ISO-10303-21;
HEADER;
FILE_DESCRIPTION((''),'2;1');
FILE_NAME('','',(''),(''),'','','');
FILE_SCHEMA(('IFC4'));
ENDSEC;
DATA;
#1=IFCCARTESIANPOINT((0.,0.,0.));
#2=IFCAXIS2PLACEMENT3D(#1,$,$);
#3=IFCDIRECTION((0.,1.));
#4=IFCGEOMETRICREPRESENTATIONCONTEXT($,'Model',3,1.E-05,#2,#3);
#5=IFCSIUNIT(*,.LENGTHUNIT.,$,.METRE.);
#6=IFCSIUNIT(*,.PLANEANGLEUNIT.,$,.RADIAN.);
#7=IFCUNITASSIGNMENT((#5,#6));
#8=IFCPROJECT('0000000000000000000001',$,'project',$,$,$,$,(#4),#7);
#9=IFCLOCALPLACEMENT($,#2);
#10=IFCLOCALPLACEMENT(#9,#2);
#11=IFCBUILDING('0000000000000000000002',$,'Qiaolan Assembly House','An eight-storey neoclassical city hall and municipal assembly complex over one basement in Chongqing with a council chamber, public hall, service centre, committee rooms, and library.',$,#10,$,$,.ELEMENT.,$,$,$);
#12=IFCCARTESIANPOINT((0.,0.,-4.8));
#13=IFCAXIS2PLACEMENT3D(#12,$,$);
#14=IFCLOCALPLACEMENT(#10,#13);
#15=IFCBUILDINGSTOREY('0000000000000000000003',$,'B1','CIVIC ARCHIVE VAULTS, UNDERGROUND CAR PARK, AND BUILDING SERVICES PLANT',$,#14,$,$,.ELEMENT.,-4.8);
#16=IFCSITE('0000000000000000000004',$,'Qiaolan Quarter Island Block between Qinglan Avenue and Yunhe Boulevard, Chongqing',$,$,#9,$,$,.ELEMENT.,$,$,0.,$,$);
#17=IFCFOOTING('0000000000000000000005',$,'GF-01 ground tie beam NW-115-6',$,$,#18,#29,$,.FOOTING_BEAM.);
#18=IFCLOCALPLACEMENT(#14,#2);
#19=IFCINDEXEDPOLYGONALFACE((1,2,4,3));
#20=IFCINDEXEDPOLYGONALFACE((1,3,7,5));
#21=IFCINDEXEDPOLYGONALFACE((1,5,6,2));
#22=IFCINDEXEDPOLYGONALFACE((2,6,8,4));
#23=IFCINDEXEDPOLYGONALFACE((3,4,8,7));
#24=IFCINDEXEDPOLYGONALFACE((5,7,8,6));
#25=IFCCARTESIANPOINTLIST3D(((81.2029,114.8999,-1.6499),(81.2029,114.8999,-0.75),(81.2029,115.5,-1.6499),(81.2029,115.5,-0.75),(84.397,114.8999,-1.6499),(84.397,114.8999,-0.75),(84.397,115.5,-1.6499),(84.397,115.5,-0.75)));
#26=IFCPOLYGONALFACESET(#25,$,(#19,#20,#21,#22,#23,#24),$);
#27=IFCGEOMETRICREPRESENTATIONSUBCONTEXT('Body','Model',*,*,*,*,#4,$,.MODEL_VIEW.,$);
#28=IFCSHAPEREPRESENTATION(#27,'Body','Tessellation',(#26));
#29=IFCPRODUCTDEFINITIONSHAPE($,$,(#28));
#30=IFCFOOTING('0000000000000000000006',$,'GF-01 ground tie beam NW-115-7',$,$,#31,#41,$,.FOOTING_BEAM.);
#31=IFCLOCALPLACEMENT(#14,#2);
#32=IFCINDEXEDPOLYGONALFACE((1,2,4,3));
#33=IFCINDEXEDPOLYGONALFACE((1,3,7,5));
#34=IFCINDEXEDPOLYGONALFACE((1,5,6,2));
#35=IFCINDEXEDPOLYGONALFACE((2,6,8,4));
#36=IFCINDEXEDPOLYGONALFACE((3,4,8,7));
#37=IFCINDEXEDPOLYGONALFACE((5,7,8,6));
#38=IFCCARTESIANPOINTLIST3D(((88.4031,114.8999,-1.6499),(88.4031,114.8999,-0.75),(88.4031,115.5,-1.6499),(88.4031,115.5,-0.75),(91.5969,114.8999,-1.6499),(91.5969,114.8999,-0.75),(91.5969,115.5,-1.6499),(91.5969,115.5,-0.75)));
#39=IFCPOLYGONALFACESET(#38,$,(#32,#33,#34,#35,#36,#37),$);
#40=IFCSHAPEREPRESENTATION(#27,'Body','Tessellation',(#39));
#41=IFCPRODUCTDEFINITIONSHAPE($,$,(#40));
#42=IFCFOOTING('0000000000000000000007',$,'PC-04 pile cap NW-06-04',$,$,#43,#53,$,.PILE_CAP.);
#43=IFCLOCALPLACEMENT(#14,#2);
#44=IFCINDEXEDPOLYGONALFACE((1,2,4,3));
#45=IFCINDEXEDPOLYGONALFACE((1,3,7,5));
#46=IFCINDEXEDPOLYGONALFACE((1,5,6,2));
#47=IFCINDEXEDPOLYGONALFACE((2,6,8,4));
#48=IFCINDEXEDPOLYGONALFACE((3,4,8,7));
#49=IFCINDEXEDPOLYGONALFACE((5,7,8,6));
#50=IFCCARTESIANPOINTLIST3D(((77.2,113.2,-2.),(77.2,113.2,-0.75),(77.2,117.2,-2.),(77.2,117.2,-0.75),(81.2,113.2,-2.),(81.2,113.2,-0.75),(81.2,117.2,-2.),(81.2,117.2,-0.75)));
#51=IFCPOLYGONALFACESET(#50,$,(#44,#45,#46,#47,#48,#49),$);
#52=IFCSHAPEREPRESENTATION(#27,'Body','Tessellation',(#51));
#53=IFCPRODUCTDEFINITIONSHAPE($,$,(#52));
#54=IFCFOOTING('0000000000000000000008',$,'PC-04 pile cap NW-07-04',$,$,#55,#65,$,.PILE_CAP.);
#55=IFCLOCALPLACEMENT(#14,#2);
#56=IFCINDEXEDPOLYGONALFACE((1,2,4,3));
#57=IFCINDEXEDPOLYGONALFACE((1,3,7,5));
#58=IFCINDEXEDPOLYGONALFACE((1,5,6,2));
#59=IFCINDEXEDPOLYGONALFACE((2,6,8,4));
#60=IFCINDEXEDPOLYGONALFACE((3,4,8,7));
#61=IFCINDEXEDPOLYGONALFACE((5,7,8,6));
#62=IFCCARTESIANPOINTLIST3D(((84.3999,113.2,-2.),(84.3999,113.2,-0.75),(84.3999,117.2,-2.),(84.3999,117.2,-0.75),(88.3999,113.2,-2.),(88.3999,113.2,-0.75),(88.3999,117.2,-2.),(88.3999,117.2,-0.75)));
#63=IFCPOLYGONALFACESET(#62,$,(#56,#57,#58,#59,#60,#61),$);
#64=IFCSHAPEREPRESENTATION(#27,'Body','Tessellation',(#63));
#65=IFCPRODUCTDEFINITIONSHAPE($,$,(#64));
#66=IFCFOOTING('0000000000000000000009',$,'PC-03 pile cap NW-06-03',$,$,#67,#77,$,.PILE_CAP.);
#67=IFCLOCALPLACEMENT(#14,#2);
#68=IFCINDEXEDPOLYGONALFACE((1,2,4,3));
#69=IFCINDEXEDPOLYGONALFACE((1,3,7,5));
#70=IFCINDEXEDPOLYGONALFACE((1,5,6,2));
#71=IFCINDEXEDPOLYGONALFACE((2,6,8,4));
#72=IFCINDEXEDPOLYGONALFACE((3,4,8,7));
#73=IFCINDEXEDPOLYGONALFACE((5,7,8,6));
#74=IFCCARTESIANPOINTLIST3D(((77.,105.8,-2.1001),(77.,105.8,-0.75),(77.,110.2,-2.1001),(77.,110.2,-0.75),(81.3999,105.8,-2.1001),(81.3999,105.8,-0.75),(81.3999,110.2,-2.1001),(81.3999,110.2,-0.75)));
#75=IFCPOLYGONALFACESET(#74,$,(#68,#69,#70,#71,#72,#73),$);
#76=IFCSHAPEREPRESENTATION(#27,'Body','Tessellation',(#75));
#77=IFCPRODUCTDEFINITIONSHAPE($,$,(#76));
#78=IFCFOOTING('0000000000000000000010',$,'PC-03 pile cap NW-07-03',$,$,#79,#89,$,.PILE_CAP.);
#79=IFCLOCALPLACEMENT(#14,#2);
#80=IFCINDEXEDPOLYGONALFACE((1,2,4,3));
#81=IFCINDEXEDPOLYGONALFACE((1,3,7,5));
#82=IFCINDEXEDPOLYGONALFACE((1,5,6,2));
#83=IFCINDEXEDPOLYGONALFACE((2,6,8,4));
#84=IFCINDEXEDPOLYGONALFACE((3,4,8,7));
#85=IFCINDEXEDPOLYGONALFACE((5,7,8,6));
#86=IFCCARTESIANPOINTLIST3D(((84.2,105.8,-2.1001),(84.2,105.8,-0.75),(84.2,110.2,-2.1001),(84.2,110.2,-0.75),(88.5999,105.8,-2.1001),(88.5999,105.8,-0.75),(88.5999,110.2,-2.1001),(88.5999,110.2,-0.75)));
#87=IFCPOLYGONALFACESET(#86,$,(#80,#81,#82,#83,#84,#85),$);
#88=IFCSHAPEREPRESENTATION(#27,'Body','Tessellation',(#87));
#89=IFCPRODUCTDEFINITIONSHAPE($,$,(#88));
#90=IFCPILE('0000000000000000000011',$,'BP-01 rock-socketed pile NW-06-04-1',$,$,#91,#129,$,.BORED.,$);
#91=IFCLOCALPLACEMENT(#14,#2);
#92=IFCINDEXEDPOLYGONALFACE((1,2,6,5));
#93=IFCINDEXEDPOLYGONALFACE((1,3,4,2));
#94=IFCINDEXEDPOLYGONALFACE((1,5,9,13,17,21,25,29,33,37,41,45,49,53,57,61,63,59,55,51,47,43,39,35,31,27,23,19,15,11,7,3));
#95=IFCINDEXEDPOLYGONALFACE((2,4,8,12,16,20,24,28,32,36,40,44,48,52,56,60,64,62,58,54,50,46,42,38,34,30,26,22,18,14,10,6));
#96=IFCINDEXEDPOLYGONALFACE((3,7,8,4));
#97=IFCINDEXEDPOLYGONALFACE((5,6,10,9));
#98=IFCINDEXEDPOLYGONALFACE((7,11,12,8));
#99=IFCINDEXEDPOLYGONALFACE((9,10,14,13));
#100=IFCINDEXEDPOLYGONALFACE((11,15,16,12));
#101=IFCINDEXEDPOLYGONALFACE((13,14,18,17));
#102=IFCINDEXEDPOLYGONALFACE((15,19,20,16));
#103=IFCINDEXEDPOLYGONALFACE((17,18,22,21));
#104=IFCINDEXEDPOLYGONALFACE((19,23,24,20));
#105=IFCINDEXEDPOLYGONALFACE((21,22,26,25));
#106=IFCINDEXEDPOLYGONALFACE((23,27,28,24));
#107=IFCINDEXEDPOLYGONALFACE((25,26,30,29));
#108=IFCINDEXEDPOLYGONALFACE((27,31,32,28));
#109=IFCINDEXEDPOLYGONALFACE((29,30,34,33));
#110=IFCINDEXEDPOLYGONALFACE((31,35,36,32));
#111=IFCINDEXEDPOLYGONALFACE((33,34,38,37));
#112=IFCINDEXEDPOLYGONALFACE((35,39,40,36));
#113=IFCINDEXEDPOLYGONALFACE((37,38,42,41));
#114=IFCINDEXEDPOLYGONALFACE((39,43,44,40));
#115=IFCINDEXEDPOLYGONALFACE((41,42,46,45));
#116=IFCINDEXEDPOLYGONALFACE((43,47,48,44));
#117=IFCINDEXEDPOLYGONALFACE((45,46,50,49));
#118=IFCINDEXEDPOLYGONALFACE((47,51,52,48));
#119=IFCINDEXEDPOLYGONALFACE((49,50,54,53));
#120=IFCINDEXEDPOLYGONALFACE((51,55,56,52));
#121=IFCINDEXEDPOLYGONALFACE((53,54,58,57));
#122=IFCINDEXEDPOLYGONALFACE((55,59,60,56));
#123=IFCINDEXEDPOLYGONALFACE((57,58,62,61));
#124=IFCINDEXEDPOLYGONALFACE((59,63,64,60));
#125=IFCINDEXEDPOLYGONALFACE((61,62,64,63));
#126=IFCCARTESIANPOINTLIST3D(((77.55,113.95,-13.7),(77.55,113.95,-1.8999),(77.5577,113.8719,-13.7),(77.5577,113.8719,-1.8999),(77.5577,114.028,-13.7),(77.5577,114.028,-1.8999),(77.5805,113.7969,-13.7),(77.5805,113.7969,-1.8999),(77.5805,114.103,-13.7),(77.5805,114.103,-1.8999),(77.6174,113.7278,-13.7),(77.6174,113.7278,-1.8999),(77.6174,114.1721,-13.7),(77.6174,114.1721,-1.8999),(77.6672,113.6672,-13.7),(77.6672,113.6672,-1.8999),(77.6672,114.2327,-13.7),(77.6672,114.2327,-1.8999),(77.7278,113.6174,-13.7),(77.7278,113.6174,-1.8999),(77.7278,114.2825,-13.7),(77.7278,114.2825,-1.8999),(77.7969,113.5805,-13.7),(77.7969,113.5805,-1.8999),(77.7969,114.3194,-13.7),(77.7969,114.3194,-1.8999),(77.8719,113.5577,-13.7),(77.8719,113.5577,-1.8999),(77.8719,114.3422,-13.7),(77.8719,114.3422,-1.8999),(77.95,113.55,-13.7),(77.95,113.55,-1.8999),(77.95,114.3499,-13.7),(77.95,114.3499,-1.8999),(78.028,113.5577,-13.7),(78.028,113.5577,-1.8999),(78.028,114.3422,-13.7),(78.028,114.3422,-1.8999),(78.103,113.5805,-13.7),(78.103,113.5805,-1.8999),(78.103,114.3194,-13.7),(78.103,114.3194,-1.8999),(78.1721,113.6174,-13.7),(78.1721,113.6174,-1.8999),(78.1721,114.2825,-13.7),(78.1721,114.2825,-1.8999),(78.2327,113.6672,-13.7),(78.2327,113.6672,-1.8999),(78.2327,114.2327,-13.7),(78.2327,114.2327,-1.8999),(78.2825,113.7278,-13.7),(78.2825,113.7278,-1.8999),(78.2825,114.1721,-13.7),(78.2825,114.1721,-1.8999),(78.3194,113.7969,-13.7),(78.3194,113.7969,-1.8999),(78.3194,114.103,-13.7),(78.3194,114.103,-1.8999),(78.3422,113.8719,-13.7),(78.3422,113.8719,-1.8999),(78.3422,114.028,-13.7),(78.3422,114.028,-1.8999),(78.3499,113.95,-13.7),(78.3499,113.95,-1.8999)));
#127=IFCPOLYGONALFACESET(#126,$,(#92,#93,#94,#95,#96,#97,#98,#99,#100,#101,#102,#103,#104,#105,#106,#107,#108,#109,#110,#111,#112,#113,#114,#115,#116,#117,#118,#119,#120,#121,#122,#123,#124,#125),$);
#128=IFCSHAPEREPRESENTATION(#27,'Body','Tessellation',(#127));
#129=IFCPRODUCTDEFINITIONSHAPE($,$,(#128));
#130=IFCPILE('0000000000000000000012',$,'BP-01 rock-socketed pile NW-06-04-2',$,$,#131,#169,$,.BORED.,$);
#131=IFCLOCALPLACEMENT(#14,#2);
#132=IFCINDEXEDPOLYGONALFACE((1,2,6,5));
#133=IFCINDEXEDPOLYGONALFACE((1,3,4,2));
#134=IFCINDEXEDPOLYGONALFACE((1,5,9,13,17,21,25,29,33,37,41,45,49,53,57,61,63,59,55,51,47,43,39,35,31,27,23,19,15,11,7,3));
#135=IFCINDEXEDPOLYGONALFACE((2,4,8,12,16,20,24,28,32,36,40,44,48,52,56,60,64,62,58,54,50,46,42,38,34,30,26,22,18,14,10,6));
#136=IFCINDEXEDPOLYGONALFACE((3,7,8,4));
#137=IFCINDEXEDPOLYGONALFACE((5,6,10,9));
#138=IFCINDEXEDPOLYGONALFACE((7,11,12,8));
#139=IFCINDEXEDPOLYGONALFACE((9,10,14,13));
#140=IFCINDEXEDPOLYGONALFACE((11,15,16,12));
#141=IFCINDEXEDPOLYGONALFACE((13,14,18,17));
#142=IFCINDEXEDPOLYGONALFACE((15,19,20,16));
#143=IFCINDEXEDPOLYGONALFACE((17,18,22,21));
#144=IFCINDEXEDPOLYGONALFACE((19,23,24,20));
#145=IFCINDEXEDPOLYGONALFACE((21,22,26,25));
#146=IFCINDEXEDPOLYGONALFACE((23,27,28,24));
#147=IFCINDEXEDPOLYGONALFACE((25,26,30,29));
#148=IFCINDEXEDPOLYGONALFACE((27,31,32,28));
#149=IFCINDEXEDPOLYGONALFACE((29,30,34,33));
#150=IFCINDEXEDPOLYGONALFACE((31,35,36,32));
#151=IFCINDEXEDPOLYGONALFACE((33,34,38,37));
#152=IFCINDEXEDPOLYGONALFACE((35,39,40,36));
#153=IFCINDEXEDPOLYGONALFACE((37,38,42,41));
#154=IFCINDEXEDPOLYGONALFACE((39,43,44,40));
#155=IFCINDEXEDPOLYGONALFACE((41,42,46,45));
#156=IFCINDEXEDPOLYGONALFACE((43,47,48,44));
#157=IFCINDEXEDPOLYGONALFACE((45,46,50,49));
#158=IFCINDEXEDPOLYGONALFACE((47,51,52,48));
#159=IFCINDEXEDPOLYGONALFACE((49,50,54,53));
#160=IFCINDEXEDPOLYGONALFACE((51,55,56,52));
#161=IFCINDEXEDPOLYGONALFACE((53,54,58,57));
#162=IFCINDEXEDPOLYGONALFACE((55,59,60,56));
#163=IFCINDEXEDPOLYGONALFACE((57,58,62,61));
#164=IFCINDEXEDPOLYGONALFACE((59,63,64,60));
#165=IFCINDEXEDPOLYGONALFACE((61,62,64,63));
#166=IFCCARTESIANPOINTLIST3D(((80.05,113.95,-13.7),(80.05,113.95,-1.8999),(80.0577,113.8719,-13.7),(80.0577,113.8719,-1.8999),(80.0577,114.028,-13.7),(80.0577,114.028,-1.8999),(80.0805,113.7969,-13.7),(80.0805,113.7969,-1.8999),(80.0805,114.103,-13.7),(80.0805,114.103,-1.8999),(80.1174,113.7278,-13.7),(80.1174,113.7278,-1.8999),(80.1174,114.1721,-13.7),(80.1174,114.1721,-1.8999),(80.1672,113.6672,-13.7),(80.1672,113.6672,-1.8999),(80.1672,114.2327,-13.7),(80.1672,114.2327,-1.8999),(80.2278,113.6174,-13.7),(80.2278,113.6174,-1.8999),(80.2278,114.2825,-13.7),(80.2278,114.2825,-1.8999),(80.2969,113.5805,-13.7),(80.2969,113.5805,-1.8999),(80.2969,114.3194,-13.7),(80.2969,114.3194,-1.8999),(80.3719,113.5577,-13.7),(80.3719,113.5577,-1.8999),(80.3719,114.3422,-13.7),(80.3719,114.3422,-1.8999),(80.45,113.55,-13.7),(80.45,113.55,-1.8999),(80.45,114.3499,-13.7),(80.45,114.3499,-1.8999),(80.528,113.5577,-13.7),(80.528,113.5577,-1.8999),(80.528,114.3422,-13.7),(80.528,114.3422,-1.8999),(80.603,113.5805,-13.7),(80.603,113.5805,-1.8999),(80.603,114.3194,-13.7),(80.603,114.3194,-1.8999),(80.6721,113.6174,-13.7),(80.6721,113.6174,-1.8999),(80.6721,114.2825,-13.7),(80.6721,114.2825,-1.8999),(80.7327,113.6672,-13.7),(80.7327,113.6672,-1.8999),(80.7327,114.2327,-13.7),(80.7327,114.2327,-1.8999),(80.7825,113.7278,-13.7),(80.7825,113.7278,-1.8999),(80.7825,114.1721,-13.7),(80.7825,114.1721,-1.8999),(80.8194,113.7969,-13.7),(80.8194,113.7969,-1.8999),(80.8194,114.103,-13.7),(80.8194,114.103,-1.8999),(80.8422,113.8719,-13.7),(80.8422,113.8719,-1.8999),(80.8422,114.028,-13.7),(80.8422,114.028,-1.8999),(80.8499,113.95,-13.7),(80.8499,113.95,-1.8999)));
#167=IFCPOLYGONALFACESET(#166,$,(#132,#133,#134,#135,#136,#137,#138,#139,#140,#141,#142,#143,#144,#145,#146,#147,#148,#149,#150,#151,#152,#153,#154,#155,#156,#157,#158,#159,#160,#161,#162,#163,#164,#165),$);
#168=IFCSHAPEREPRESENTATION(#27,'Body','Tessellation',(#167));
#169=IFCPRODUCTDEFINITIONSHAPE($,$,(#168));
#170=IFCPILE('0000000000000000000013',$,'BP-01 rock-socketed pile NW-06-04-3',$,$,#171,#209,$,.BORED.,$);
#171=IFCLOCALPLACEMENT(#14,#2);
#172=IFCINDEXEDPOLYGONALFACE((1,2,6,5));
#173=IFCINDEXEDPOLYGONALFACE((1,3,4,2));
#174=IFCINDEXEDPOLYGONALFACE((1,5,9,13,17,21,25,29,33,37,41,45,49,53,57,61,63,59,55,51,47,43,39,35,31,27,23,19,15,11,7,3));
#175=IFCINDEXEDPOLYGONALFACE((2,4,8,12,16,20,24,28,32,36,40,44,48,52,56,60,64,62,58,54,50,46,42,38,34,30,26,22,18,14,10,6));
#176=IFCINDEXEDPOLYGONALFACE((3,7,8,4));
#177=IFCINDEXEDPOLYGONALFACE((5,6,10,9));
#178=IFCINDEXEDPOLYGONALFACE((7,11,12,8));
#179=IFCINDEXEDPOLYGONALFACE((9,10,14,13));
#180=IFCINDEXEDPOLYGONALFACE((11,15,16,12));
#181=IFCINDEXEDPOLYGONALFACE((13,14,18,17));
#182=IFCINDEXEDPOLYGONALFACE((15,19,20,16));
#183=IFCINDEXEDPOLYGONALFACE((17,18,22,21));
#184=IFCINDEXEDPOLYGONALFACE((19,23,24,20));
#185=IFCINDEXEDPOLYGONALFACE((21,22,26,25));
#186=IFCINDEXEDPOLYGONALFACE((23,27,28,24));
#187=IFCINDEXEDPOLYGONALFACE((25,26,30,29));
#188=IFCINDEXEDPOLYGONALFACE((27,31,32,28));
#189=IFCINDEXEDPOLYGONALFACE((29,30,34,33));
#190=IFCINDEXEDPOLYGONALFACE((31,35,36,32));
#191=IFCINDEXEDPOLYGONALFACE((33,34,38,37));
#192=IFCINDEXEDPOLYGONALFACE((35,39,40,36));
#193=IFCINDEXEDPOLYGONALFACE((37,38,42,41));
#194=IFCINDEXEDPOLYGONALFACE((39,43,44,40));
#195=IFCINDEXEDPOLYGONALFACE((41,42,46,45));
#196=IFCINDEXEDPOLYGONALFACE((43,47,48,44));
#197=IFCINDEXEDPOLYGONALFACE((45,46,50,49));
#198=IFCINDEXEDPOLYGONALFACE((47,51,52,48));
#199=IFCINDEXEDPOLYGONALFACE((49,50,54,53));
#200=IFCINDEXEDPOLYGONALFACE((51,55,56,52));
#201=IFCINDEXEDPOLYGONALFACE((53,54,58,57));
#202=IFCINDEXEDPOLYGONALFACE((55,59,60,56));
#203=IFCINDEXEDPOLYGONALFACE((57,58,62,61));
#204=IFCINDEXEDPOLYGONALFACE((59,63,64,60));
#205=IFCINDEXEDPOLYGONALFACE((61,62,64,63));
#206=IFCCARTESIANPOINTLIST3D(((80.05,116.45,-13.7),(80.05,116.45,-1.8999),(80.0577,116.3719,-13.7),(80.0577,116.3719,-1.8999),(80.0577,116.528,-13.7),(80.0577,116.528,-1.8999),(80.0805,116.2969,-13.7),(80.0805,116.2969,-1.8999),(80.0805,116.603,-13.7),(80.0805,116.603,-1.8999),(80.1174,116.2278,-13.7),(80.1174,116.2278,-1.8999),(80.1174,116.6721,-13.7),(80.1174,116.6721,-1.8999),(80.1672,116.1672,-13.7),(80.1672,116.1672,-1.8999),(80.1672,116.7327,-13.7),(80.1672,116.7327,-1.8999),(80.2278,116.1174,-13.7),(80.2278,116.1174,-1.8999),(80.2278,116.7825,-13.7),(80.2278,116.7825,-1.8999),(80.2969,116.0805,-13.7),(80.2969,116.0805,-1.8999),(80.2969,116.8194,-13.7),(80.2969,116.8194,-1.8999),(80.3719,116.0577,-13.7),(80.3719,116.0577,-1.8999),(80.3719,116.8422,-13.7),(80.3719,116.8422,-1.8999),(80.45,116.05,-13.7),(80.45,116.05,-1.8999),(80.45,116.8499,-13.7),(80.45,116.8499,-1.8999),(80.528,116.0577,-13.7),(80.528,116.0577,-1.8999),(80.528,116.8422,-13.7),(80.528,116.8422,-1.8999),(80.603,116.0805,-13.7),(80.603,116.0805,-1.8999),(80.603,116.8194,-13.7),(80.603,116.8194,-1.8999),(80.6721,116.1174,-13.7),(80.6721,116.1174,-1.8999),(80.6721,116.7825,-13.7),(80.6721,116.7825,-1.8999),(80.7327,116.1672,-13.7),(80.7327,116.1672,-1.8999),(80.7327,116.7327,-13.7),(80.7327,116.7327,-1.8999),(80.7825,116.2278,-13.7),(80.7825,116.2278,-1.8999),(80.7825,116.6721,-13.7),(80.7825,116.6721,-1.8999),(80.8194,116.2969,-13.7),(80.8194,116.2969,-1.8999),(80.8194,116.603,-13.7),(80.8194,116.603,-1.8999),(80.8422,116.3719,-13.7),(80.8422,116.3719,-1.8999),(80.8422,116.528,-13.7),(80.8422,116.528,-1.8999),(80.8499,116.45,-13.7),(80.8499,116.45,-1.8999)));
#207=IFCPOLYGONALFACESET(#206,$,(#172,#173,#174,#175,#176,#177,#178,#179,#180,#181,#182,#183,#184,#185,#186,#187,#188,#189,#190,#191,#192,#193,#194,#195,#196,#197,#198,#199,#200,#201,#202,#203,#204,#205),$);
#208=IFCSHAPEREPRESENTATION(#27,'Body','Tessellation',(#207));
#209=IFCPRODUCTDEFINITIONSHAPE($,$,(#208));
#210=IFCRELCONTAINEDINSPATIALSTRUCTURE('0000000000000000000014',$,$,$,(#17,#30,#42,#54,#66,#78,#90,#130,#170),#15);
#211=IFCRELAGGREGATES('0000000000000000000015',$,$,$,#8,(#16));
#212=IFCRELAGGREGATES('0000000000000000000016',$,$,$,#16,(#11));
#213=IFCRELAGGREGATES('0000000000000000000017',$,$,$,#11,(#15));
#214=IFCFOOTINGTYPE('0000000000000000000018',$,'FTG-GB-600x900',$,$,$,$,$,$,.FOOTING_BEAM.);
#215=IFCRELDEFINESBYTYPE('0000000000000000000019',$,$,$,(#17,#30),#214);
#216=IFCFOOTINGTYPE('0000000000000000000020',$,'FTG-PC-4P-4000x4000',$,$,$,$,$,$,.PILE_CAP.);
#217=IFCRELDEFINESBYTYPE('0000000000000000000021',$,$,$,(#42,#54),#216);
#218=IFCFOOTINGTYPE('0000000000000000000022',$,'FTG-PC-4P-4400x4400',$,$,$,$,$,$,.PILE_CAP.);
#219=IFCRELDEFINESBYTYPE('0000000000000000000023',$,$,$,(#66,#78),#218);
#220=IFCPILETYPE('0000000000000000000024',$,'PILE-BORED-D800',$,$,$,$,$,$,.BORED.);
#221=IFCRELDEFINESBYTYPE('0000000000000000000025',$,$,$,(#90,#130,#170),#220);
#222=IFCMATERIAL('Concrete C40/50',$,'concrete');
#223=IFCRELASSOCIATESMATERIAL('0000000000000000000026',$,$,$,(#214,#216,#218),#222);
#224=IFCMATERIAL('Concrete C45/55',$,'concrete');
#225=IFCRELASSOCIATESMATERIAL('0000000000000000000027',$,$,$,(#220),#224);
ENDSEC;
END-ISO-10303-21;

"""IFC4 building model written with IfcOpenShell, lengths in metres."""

from ifc_helpers import new_model, si_unit, direction, frame, origin, origin_2d, place, context, subcontext, project, spatial, rectangle, circle, extrude, material, material_profile, profile_set, type_object, element, save


model = new_model("IFC4")

# Units and contexts
model_context = context("Model", 3, precision=1e-05, world=origin(), true_north=direction((0.0, 1.0)))
body_context = subcontext(model_context, "Body", "Model", "MODEL_VIEW")
ifc_project = project(units=[si_unit("LENGTHUNIT", "METRE"), si_unit("PLANEANGLEUNIT", "RADIAN")], contexts=[model_context])

# Site, building, storey
site_placement = place(None, origin())
site = spatial("IfcSite", under=ifc_project, at=site_placement, Name="Qiaolan Quarter Island Block between Qinglan Avenue and Yunhe Boulevard, Chongqing", CompositionType="ELEMENT", RefElevation=0.0)
building_placement = place(site_placement, origin())
building = spatial("IfcBuilding", under=site, at=building_placement, Name="Qiaolan Assembly House", Description="An eight-storey neoclassical city hall and municipal assembly complex over one basement in Chongqing with a council chamber, public hall, service centre, committee rooms, and library.", CompositionType="ELEMENT")
storey_placement = place(building_placement, frame((0.0, 0.0, -4.8)))
storey = spatial("IfcBuildingStorey", under=building, at=storey_placement, Name="B1", Description="CIVIC ARCHIVE VAULTS, UNDERGROUND CAR PARK, AND BUILDING SERVICES PLANT", CompositionType="ELEMENT", Elevation=-4.8)

# Footings
ifc_material_1 = material(Name="Concrete C40/50", Category="concrete")
ifc_material_profile_1 = material_profile(ifc_material_1, rectangle(XDim=0.6001, YDim=0.8999, at=origin_2d()), Name="GF 600x900")
ifc_profile_set_1 = profile_set([ifc_material_profile_1], Name="Concrete C40/50")
footing_type_1 = type_object("IfcFootingType", Name="FTG-GB-600x900", PredefinedType="FOOTING_BEAM", material=ifc_profile_set_1)
footing_1_placement = place(storey_placement, frame((81.2029, 115.2, -1.2), z_axis=(1.0, 0.0, 0.0), x_axis=(0.0, 1.0, 0.0)))
element("IfcFooting", 1, at=footing_1_placement, inside=storey, type_object=footing_type_1, Name="GF-01 ground tie beam NW-115-6", PredefinedType="FOOTING_BEAM", context=body_context, shape_type="SweptSolid", body=[
    extrude(rectangle(XDim=0.6001, YDim=0.8999, at=origin_2d()), origin(), (0.0, 0.0, 1.0), 3.1941),
])
footing_2_placement = place(storey_placement, frame((88.4031, 115.2, -1.2), z_axis=(1.0, 0.0, 0.0), x_axis=(0.0, 1.0, 0.0)))
element("IfcFooting", 2, at=footing_2_placement, inside=storey, type_object=footing_type_1, Name="GF-01 ground tie beam NW-115-7", PredefinedType="FOOTING_BEAM", context=body_context, shape_type="SweptSolid", body=[
    extrude(rectangle(XDim=0.6001, YDim=0.8999, at=origin_2d()), origin(), (0.0, 0.0, 1.0), 3.1938),
])
footing_type_2 = type_object("IfcFootingType", Name="FTG-PC-4P-4000x4000", PredefinedType="PILE_CAP", material=ifc_material_1)
for number, where, z_axis, x_axis, name in (
    (3, (79.2, 115.2, -2.0), (0.0, 0.0, 1.0), (1.0, 0.0, 0.0), "PC-04 pile cap NW-06-04"),
    (4, (86.3999, 115.2, -2.0), (0.0, 0.0, 1.0), (1.0, 0.0, 0.0), "PC-04 pile cap NW-07-04"),
):
    element("IfcFooting", number, at=place(storey_placement, frame(where, z_axis=z_axis, x_axis=x_axis)), inside=storey, type_object=footing_type_2, Name=name, PredefinedType="PILE_CAP", context=body_context, shape_type="SweptSolid", body=[
        extrude(rectangle(XDim=4.0, YDim=4.0, at=origin_2d()), origin(), (0.0, 0.0, 1.0), 1.25),
    ])
footing_type_3 = type_object("IfcFootingType", Name="FTG-PC-4P-4400x4400", PredefinedType="PILE_CAP", material=ifc_material_1)
for number, where, z_axis, x_axis, name in (
    (5, (79.2, 108.0, -2.1001), (0.0, 0.0, 1.0), (1.0, 0.0, 0.0), "PC-03 pile cap NW-06-03"),
    (6, (86.3999, 108.0, -2.1001), (0.0, 0.0, 1.0), (1.0, 0.0, 0.0), "PC-03 pile cap NW-07-03"),
):
    element("IfcFooting", number, at=place(storey_placement, frame(where, z_axis=z_axis, x_axis=x_axis)), inside=storey, type_object=footing_type_3, Name=name, PredefinedType="PILE_CAP", context=body_context, shape_type="SweptSolid", body=[
        extrude(rectangle(XDim=4.3999, YDim=4.3999, at=origin_2d()), origin(), (0.0, 0.0, 1.0), 1.3501),
    ])

# Piles
ifc_material_2 = material(Name="Concrete C45/55", Category="concrete")
ifc_material_profile_2 = material_profile(ifc_material_2, circle(Radius=0.3999, at=origin_2d()), Name="PILE D800")
ifc_profile_set_2 = profile_set([ifc_material_profile_2], Name="Concrete C45/55")
pile_type_1 = type_object("IfcPileType", Name="PILE-BORED-D800", PredefinedType="BORED", material=ifc_profile_set_2)
for number, where, z_axis, x_axis, name in (
    (7, (77.95, 113.95, -1.8999), (0.0, 0.0, -1.0), (1.0, 0.0, 0.0), "BP-01 rock-socketed pile NW-06-04-1"),
    (8, (80.45, 113.95, -1.8999), (0.0, 0.0, -1.0), (1.0, 0.0, 0.0), "BP-01 rock-socketed pile NW-06-04-2"),
    (9, (80.45, 116.45, -1.8999), (0.0, 0.0, -1.0), (1.0, 0.0, 0.0), "BP-01 rock-socketed pile NW-06-04-3"),
):
    element("IfcPile", number, at=place(storey_placement, frame(where, z_axis=z_axis, x_axis=x_axis)), inside=storey, type_object=pile_type_1, Name=name, PredefinedType="BORED", context=body_context, shape_type="SweptSolid", body=[
        extrude(circle(Radius=0.3999, at=origin_2d()), origin(), (0.0, 0.0, 1.0), 11.8),
    ])

save(model, "model.ifc")
